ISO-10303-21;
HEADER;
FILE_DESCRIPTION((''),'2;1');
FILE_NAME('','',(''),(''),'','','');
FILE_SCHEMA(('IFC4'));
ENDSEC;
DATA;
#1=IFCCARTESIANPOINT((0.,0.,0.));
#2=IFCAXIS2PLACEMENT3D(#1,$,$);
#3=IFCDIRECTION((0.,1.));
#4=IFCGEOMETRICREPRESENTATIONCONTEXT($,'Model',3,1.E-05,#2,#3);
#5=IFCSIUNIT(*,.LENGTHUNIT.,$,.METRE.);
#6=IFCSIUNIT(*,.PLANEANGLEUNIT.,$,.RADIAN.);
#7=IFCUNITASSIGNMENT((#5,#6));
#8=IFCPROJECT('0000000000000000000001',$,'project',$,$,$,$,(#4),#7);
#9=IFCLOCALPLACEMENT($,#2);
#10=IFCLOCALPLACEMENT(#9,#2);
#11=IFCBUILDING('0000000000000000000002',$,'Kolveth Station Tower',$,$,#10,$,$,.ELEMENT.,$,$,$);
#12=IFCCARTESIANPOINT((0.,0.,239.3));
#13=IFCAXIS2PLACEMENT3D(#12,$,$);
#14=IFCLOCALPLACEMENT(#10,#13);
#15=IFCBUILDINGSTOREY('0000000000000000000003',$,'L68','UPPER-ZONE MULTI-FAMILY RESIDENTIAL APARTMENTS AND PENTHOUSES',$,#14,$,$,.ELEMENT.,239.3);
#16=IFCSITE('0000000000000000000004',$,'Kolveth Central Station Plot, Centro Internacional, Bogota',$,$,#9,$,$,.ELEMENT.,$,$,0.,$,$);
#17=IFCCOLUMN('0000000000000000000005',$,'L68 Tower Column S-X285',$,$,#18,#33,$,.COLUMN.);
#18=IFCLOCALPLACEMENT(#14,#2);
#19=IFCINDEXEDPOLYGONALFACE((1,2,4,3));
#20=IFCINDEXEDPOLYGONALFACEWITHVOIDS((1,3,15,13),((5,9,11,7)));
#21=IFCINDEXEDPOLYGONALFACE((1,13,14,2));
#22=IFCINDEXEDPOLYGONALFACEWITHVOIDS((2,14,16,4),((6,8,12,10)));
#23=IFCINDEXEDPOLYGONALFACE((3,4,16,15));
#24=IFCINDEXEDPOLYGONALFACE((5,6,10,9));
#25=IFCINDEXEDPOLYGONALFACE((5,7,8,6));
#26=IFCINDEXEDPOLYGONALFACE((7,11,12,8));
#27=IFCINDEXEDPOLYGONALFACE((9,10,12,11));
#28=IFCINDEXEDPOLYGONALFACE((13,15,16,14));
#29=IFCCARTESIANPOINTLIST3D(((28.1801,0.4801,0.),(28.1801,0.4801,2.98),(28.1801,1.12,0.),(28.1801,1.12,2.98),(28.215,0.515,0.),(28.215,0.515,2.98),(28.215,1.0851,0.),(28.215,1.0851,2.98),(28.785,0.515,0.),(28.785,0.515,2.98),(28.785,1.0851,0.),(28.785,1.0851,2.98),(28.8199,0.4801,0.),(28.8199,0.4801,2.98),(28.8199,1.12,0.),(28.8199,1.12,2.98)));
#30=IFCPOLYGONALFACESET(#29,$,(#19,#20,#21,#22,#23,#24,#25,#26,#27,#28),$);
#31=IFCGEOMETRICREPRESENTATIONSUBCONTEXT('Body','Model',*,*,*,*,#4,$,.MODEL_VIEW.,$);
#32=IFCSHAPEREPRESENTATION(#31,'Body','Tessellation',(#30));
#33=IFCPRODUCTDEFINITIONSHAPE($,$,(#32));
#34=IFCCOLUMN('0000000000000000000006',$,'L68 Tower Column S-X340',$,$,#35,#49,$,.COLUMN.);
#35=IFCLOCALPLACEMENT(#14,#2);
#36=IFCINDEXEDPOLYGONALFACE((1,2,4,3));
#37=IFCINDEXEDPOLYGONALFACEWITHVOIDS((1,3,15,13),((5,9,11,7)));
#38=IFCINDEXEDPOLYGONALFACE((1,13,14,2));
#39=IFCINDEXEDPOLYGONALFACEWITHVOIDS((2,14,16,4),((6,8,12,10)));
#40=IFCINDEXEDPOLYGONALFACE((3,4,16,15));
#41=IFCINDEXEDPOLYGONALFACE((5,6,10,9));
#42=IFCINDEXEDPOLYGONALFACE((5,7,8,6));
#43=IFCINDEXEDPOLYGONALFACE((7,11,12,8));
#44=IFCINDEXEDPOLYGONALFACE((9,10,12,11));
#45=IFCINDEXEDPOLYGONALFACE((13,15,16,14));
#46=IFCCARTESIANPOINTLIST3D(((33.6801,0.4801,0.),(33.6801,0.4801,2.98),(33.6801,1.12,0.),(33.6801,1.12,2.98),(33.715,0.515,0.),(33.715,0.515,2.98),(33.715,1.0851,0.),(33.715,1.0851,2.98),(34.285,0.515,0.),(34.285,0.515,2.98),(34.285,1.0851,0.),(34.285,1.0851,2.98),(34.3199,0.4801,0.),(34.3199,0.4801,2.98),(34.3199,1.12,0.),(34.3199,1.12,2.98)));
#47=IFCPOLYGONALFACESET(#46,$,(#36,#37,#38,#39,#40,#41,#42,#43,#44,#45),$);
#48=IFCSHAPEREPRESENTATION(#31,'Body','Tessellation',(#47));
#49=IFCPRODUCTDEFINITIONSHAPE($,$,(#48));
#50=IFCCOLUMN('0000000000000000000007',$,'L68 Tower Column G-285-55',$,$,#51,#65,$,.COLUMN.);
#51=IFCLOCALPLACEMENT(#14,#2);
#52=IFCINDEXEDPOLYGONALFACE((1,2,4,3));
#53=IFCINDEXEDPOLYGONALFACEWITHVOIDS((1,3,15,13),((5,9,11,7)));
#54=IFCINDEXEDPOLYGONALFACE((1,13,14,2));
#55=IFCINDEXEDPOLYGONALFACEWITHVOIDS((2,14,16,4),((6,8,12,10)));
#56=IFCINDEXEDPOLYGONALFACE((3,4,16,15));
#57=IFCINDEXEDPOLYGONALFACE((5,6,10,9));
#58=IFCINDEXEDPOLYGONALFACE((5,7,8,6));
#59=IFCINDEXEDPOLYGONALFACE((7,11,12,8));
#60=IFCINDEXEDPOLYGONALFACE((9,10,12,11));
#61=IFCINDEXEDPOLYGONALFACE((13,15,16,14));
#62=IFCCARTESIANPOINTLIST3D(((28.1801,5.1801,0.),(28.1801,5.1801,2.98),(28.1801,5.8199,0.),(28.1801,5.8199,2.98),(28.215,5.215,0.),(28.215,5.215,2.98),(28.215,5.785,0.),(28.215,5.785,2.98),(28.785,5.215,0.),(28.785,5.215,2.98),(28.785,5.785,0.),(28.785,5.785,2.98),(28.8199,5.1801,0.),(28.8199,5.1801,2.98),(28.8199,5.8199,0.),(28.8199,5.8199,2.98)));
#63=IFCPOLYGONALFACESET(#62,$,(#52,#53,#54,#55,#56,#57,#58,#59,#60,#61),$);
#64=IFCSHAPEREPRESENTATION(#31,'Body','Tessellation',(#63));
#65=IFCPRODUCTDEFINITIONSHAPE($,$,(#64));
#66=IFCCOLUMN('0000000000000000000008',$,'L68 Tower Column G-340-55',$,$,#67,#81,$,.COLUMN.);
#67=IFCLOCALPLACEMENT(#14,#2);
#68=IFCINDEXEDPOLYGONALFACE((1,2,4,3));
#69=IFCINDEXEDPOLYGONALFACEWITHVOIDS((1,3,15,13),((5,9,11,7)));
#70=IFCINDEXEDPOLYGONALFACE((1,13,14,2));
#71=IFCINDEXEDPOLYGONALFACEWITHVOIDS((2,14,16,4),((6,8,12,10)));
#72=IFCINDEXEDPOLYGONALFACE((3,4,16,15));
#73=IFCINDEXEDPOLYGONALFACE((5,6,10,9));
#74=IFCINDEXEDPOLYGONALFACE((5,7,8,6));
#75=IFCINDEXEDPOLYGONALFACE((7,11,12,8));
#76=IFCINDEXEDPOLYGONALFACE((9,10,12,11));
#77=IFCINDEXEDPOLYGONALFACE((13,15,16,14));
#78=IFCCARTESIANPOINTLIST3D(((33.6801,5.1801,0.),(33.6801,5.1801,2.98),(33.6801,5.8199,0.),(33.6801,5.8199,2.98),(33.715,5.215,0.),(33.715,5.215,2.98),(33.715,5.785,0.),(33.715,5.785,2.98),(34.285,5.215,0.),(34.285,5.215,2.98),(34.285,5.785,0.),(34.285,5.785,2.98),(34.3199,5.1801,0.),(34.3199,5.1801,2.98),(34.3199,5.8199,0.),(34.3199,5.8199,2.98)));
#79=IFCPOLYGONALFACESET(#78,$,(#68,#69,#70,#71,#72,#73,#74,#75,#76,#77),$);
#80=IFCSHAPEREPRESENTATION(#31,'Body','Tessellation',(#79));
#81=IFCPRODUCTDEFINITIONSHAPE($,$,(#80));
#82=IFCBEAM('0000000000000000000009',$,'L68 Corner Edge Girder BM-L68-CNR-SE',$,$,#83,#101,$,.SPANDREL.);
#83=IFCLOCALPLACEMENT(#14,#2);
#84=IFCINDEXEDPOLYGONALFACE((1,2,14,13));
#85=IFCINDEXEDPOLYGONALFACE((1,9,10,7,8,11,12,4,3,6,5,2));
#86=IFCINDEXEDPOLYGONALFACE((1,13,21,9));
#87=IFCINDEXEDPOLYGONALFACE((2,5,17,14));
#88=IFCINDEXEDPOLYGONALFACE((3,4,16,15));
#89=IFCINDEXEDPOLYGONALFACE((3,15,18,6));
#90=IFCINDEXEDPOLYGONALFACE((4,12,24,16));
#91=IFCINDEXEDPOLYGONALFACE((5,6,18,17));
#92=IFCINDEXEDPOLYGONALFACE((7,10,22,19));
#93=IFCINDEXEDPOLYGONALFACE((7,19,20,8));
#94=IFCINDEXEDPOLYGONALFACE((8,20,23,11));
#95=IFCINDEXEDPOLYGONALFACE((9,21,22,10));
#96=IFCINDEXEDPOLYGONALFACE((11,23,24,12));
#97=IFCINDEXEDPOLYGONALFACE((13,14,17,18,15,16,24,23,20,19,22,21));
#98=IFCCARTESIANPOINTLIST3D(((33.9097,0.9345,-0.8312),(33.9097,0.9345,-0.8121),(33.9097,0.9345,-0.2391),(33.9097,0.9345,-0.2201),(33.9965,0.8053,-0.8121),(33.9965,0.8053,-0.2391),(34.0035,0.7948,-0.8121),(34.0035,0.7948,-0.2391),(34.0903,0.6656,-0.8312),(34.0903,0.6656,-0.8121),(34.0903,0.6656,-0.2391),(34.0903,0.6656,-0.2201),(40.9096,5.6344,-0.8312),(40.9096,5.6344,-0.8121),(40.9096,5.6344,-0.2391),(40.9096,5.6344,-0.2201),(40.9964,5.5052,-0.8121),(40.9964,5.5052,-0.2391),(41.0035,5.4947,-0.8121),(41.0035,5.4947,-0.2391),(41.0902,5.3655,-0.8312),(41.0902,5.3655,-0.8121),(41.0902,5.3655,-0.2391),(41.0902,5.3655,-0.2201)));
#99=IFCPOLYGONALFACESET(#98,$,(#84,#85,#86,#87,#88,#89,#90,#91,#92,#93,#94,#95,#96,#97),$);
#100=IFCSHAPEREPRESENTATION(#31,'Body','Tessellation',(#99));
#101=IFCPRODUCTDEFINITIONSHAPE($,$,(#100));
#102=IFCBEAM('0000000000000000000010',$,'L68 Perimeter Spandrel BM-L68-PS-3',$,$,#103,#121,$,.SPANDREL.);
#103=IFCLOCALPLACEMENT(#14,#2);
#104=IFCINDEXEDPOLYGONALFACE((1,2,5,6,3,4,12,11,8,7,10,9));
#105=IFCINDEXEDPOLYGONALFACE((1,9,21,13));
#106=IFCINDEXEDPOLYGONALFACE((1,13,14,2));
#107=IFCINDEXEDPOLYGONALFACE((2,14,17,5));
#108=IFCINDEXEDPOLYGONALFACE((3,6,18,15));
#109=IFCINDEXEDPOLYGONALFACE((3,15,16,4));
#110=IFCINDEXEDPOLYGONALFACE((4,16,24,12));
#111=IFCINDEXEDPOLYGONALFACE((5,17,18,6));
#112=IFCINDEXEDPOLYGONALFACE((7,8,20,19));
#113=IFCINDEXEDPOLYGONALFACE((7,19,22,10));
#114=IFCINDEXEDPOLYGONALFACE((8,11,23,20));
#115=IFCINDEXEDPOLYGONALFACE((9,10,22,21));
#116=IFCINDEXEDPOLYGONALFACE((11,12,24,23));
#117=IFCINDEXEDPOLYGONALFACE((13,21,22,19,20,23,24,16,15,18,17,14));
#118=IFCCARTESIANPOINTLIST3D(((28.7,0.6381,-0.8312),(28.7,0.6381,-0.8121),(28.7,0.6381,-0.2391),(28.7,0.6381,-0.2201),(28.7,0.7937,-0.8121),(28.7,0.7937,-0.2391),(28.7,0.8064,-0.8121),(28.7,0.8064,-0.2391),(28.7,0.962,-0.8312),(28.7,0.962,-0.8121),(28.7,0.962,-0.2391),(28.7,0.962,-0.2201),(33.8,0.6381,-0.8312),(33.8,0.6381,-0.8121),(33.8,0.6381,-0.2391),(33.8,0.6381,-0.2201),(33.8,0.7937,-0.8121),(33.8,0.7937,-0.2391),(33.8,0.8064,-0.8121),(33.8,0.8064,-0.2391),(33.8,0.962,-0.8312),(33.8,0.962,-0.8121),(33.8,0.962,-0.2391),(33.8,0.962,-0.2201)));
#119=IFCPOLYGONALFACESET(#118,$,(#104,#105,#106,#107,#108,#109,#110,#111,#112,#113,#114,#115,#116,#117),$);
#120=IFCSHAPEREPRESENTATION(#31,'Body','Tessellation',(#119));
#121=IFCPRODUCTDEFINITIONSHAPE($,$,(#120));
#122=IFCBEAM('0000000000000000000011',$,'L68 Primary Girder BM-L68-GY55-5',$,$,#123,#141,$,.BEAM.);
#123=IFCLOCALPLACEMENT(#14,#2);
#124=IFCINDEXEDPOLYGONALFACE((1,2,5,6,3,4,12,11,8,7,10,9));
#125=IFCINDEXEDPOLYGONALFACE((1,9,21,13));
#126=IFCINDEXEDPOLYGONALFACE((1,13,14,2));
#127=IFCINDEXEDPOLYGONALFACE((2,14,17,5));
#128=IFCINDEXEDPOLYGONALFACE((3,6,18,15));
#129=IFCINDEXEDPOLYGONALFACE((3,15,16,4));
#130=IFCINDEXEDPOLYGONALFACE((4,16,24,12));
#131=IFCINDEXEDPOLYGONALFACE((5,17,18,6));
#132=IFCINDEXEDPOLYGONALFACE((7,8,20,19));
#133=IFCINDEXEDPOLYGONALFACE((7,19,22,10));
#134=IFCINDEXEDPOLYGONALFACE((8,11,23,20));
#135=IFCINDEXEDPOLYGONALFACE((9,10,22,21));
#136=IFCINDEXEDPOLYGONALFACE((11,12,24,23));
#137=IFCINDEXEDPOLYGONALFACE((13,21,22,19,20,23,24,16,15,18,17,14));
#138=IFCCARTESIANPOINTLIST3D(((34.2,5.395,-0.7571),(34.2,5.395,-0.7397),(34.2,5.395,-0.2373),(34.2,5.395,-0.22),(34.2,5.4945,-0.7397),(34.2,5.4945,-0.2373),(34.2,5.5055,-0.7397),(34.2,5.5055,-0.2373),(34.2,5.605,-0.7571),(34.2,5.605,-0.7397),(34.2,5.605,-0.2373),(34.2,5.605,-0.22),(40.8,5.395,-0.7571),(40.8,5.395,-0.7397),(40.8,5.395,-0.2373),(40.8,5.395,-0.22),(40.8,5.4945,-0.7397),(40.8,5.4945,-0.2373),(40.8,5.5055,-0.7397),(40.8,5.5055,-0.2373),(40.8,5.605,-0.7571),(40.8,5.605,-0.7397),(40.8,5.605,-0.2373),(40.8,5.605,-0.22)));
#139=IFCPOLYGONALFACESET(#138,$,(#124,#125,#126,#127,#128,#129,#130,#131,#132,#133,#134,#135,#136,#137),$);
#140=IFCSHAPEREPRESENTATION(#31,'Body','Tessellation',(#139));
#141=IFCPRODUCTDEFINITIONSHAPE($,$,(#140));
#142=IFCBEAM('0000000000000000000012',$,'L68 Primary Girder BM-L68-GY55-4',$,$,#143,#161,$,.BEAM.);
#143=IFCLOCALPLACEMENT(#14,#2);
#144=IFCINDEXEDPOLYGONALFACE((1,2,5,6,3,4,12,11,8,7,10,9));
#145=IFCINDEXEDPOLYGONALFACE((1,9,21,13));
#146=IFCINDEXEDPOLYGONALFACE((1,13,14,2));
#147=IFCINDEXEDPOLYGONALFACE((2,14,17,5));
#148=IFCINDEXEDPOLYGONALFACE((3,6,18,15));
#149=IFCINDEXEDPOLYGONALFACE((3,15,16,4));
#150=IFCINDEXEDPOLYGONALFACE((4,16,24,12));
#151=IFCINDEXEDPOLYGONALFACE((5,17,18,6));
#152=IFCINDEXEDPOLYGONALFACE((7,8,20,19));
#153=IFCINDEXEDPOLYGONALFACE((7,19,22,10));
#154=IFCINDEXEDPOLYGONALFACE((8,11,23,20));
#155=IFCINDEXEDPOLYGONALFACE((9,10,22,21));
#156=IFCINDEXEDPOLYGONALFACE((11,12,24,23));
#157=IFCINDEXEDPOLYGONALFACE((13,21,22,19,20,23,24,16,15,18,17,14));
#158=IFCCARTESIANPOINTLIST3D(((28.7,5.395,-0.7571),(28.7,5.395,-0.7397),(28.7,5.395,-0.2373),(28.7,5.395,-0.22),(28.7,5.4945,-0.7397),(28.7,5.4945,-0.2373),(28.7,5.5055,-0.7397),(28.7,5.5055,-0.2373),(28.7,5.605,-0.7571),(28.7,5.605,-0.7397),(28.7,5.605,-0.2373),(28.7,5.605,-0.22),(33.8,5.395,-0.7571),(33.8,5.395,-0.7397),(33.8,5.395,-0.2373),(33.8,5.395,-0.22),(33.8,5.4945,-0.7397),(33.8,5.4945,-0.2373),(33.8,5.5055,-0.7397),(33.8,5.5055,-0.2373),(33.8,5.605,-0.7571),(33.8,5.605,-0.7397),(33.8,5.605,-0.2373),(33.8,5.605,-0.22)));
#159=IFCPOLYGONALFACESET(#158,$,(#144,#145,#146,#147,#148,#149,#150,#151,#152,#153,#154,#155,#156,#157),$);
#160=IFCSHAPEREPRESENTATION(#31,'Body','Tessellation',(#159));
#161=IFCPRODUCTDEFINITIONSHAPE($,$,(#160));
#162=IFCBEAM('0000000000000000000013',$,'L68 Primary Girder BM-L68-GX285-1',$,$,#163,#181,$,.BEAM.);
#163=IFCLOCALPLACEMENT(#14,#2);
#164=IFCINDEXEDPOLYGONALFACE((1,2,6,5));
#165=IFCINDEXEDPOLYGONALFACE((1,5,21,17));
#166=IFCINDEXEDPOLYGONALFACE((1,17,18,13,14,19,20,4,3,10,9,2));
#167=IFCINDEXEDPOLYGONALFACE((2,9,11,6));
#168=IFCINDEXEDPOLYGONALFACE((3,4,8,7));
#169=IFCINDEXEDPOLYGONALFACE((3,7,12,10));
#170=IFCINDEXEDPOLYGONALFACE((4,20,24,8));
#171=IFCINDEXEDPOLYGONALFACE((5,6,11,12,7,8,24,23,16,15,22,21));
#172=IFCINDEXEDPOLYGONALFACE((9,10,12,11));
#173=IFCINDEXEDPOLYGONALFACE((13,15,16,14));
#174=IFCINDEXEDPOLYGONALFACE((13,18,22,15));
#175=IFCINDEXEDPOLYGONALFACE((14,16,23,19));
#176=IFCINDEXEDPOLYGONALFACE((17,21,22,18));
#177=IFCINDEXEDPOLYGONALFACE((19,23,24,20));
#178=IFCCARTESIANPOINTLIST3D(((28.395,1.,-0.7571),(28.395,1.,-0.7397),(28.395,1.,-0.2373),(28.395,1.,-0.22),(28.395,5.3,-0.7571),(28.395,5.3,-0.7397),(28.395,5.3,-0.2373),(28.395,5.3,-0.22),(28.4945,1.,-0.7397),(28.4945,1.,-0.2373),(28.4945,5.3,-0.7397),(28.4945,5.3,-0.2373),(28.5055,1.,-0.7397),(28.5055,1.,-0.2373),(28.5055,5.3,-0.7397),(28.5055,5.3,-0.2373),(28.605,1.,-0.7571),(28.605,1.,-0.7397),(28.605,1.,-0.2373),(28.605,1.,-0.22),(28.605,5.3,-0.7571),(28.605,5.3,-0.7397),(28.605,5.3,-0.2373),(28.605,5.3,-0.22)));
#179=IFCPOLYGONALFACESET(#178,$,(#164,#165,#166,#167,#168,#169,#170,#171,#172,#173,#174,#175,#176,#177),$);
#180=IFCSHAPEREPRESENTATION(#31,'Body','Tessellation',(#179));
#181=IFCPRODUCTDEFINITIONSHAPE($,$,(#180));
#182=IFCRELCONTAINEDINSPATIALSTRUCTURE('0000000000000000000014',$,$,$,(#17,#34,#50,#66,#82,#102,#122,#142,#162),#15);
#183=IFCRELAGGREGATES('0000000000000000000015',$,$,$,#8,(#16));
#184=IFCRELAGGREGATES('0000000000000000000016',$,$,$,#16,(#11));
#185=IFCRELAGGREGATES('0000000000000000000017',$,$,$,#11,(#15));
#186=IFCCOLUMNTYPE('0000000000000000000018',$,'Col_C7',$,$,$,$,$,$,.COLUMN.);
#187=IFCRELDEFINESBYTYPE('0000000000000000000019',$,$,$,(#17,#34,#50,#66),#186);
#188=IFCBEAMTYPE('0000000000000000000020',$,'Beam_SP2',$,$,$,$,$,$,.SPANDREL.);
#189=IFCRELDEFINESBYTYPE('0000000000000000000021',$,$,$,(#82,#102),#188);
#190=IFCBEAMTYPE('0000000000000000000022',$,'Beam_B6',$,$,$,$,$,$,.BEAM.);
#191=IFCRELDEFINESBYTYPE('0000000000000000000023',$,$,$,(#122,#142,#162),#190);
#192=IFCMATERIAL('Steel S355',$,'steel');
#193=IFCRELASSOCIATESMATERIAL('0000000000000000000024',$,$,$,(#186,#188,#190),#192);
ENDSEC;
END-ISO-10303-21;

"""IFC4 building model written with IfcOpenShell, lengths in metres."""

from ifc_helpers import new_model, si_unit, direction, frame, origin, origin_2d, place, context, subcontext, project, spatial, hollow_rectangle, i_section, extrude, source, transform, mapped, material, material_profile, profile_set, type_object, element, save


model = new_model("IFC4")

# Units and contexts
model_context = context("Model", 3, precision=1e-05, world=origin(), true_north=direction((0.0, 1.0)))
body_context = subcontext(model_context, "Body", "Model", "MODEL_VIEW")
ifc_project = project(units=[si_unit("LENGTHUNIT", "METRE"), si_unit("PLANEANGLEUNIT", "RADIAN")], contexts=[model_context])

# Site, building, storey
site_placement = place(None, origin())
site = spatial("IfcSite", under=ifc_project, at=site_placement, Name="Kolveth Central Station Plot, Centro Internacional, Bogota", CompositionType="ELEMENT", RefElevation=0.0)
building_placement = place(site_placement, origin())
building = spatial("IfcBuilding", under=site, at=building_placement, Name="Kolveth Station Tower", CompositionType="ELEMENT")
storey_placement = place(building_placement, frame((0.0, 0.0, 239.3)))
storey = spatial("IfcBuildingStorey", under=building, at=storey_placement, Name="L68", Description="UPPER-ZONE MULTI-FAMILY RESIDENTIAL APARTMENTS AND PENTHOUSES", CompositionType="ELEMENT", Elevation=239.3)

# Columns
ifc_material_1 = material(Name="Steel S355", Category="steel")
ifc_material_profile_1 = material_profile(ifc_material_1, hollow_rectangle(XDim=0.6399, YDim=0.6399, WallThickness=0.0349, at=origin_2d()), Name="BOX640x640x35")
ifc_profile_set_1 = profile_set([ifc_material_profile_1], Name="Steel S355")
column_type = type_object("IfcColumnType", Name="Col_C7", PredefinedType="COLUMN", material=ifc_profile_set_1)
shared_shape_1 = source(origin(), body_context, "Body", "SweptSolid", [
    extrude(hollow_rectangle(XDim=0.6399, YDim=0.6399, WallThickness=0.0349, at=origin_2d()), origin(), (0.0, 0.0, 1.0), 2.98),
])
for number, where, z_axis, x_axis, name in (
    (1, (28.5, 0.8, 0.0), (0.0, 0.0, 1.0), (1.0, 0.0, 0.0), "L68 Tower Column S-X285"),
    (2, (34.0, 0.8, 0.0), (0.0, 0.0, 1.0), (1.0, 0.0, 0.0), "L68 Tower Column S-X340"),
    (3, (28.5, 5.5, 0.0), (0.0, 0.0, 1.0), (1.0, 0.0, 0.0), "L68 Tower Column G-285-55"),
    (4, (34.0, 5.5, 0.0), (0.0, 0.0, 1.0), (1.0, 0.0, 0.0), "L68 Tower Column G-340-55"),
):
    element("IfcColumn", number, at=place(storey_placement, frame(where, z_axis=z_axis, x_axis=x_axis)), inside=storey, type_object=column_type, Name=name, PredefinedType="COLUMN", context=body_context, shape_type="MappedRepresentation", body=[
        mapped(shared_shape_1, transform((0.0, 0.0, 0.0), x_axis=(1.0, 0.0, 0.0), y_axis=(0.0, 1.0, 0.0), z_axis=(0.0, 0.0, 1.0), scale=1.0)),
    ])

# Beams
ifc_material_profile_2 = material_profile(ifc_material_1, i_section(OverallWidth=0.324, OverallDepth=0.6111, WebThickness=0.0127, FlangeThickness=0.019, at=origin_2d()), Name="W610x155")
ifc_profile_set_2 = profile_set([ifc_material_profile_2], Name="Steel S355")
beam_type_1 = type_object("IfcBeamType", Name="Beam_SP2", PredefinedType="SPANDREL", material=ifc_profile_set_2)
shared_shape_2 = source(origin(), body_context, "Body", "SweptSolid", [
    extrude(i_section(OverallWidth=0.324, OverallDepth=0.6111, WebThickness=0.0127, FlangeThickness=0.019, at=origin_2d()), origin(), (0.0, 0.0, 1.0), 8.4314),
])
beam_1_placement = place(storey_placement, frame((34.0, 0.8, -0.5256), z_axis=(0.830224, 0.55743, 0.0), x_axis=(-0.55743, 0.830224, 0.0)))
element("IfcBeam", 5, at=beam_1_placement, inside=storey, type_object=beam_type_1, Name="L68 Corner Edge Girder BM-L68-CNR-SE", PredefinedType="SPANDREL", context=body_context, shape_type="MappedRepresentation", body=[
    mapped(shared_shape_2, transform((0.0, 0.0, 0.0), x_axis=(1.0, 0.0, 0.0), y_axis=(0.0, 1.0, 0.0), z_axis=(0.0, 0.0, 1.0), scale=1.0)),
])
shared_shape_3 = source(origin(), body_context, "Body", "SweptSolid", [
    extrude(i_section(OverallWidth=0.324, OverallDepth=0.6111, WebThickness=0.0127, FlangeThickness=0.019, at=origin_2d()), origin(), (0.0, 0.0, 1.0), 5.1001),
])
beam_2_placement = place(storey_placement, frame((28.7, 0.8, -0.5256), z_axis=(1.0, 0.0, 0.0), x_axis=(0.0, 1.0, 0.0)))
element("IfcBeam", 6, at=beam_2_placement, inside=storey, type_object=beam_type_1, Name="L68 Perimeter Spandrel BM-L68-PS-3", PredefinedType="SPANDREL", context=body_context, shape_type="MappedRepresentation", body=[
    mapped(shared_shape_3, transform((0.0, 0.0, 0.0), x_axis=(1.0, 0.0, 0.0), y_axis=(0.0, 1.0, 0.0), z_axis=(0.0, 0.0, 1.0), scale=1.0)),
])
ifc_material_profile_3 = material_profile(ifc_material_1, i_section(OverallWidth=0.21, OverallDepth=0.5371, WebThickness=0.011, FlangeThickness=0.0173, at=origin_2d()), Name="W530x101")
ifc_profile_set_3 = profile_set([ifc_material_profile_3], Name="Steel S355")
beam_type_2 = type_object("IfcBeamType", Name="Beam_B6", PredefinedType="BEAM", material=ifc_profile_set_3)
shared_shape_4 = source(origin(), body_context, "Body", "SweptSolid", [
    extrude(i_section(OverallWidth=0.21, OverallDepth=0.5371, WebThickness=0.011, FlangeThickness=0.0173, at=origin_2d()), origin(), (0.0, 0.0, 1.0), 6.6001),
])
beam_3_placement = place(storey_placement, frame((34.2, 5.5, -0.4885), z_axis=(1.0, 0.0, 0.0), x_axis=(0.0, 1.0, 0.0)))
element("IfcBeam", 7, at=beam_3_placement, inside=storey, type_object=beam_type_2, Name="L68 Primary Girder BM-L68-GY55-5", PredefinedType="BEAM", context=body_context, shape_type="MappedRepresentation", body=[
    mapped(shared_shape_4, transform((0.0, 0.0, 0.0), x_axis=(1.0, 0.0, 0.0), y_axis=(0.0, 1.0, 0.0), z_axis=(0.0, 0.0, 1.0), scale=1.0)),
])
shared_shape_5 = source(origin(), body_context, "Body", "SweptSolid", [
    extrude(i_section(OverallWidth=0.21, OverallDepth=0.5371, WebThickness=0.011, FlangeThickness=0.0173, at=origin_2d()), origin(), (0.0, 0.0, 1.0), 5.1001),
])
beam_4_placement = place(storey_placement, frame((28.7, 5.5, -0.4885), z_axis=(1.0, 0.0, 0.0), x_axis=(0.0, 1.0, 0.0)))
element("IfcBeam", 8, at=beam_4_placement, inside=storey, type_object=beam_type_2, Name="L68 Primary Girder BM-L68-GY55-4", PredefinedType="BEAM", context=body_context, shape_type="MappedRepresentation", body=[
    mapped(shared_shape_5, transform((0.0, 0.0, 0.0), x_axis=(1.0, 0.0, 0.0), y_axis=(0.0, 1.0, 0.0), z_axis=(0.0, 0.0, 1.0), scale=1.0)),
])
shared_shape_6 = source(origin(), body_context, "Body", "SweptSolid", [
    extrude(i_section(OverallWidth=0.21, OverallDepth=0.5371, WebThickness=0.011, FlangeThickness=0.0173, at=origin_2d()), origin(), (0.0, 0.0, 1.0), 4.3),
])
for number, where, z_axis, x_axis, name in (
    (9, (28.5, 1.0, -0.4885), (0.0, 1.0, 0.0), (-1.0, 0.0, 0.0), "L68 Primary Girder BM-L68-GX285-1"),
):
    element("IfcBeam", number, at=place(storey_placement, frame(where, z_axis=z_axis, x_axis=x_axis)), inside=storey, type_object=beam_type_2, Name=name, PredefinedType="BEAM", context=body_context, shape_type="MappedRepresentation", body=[
        mapped(shared_shape_6, transform((0.0, 0.0, 0.0), x_axis=(1.0, 0.0, 0.0), y_axis=(0.0, 1.0, 0.0), z_axis=(0.0, 0.0, 1.0), scale=1.0)),
    ])

save(model, "model.ifc")
